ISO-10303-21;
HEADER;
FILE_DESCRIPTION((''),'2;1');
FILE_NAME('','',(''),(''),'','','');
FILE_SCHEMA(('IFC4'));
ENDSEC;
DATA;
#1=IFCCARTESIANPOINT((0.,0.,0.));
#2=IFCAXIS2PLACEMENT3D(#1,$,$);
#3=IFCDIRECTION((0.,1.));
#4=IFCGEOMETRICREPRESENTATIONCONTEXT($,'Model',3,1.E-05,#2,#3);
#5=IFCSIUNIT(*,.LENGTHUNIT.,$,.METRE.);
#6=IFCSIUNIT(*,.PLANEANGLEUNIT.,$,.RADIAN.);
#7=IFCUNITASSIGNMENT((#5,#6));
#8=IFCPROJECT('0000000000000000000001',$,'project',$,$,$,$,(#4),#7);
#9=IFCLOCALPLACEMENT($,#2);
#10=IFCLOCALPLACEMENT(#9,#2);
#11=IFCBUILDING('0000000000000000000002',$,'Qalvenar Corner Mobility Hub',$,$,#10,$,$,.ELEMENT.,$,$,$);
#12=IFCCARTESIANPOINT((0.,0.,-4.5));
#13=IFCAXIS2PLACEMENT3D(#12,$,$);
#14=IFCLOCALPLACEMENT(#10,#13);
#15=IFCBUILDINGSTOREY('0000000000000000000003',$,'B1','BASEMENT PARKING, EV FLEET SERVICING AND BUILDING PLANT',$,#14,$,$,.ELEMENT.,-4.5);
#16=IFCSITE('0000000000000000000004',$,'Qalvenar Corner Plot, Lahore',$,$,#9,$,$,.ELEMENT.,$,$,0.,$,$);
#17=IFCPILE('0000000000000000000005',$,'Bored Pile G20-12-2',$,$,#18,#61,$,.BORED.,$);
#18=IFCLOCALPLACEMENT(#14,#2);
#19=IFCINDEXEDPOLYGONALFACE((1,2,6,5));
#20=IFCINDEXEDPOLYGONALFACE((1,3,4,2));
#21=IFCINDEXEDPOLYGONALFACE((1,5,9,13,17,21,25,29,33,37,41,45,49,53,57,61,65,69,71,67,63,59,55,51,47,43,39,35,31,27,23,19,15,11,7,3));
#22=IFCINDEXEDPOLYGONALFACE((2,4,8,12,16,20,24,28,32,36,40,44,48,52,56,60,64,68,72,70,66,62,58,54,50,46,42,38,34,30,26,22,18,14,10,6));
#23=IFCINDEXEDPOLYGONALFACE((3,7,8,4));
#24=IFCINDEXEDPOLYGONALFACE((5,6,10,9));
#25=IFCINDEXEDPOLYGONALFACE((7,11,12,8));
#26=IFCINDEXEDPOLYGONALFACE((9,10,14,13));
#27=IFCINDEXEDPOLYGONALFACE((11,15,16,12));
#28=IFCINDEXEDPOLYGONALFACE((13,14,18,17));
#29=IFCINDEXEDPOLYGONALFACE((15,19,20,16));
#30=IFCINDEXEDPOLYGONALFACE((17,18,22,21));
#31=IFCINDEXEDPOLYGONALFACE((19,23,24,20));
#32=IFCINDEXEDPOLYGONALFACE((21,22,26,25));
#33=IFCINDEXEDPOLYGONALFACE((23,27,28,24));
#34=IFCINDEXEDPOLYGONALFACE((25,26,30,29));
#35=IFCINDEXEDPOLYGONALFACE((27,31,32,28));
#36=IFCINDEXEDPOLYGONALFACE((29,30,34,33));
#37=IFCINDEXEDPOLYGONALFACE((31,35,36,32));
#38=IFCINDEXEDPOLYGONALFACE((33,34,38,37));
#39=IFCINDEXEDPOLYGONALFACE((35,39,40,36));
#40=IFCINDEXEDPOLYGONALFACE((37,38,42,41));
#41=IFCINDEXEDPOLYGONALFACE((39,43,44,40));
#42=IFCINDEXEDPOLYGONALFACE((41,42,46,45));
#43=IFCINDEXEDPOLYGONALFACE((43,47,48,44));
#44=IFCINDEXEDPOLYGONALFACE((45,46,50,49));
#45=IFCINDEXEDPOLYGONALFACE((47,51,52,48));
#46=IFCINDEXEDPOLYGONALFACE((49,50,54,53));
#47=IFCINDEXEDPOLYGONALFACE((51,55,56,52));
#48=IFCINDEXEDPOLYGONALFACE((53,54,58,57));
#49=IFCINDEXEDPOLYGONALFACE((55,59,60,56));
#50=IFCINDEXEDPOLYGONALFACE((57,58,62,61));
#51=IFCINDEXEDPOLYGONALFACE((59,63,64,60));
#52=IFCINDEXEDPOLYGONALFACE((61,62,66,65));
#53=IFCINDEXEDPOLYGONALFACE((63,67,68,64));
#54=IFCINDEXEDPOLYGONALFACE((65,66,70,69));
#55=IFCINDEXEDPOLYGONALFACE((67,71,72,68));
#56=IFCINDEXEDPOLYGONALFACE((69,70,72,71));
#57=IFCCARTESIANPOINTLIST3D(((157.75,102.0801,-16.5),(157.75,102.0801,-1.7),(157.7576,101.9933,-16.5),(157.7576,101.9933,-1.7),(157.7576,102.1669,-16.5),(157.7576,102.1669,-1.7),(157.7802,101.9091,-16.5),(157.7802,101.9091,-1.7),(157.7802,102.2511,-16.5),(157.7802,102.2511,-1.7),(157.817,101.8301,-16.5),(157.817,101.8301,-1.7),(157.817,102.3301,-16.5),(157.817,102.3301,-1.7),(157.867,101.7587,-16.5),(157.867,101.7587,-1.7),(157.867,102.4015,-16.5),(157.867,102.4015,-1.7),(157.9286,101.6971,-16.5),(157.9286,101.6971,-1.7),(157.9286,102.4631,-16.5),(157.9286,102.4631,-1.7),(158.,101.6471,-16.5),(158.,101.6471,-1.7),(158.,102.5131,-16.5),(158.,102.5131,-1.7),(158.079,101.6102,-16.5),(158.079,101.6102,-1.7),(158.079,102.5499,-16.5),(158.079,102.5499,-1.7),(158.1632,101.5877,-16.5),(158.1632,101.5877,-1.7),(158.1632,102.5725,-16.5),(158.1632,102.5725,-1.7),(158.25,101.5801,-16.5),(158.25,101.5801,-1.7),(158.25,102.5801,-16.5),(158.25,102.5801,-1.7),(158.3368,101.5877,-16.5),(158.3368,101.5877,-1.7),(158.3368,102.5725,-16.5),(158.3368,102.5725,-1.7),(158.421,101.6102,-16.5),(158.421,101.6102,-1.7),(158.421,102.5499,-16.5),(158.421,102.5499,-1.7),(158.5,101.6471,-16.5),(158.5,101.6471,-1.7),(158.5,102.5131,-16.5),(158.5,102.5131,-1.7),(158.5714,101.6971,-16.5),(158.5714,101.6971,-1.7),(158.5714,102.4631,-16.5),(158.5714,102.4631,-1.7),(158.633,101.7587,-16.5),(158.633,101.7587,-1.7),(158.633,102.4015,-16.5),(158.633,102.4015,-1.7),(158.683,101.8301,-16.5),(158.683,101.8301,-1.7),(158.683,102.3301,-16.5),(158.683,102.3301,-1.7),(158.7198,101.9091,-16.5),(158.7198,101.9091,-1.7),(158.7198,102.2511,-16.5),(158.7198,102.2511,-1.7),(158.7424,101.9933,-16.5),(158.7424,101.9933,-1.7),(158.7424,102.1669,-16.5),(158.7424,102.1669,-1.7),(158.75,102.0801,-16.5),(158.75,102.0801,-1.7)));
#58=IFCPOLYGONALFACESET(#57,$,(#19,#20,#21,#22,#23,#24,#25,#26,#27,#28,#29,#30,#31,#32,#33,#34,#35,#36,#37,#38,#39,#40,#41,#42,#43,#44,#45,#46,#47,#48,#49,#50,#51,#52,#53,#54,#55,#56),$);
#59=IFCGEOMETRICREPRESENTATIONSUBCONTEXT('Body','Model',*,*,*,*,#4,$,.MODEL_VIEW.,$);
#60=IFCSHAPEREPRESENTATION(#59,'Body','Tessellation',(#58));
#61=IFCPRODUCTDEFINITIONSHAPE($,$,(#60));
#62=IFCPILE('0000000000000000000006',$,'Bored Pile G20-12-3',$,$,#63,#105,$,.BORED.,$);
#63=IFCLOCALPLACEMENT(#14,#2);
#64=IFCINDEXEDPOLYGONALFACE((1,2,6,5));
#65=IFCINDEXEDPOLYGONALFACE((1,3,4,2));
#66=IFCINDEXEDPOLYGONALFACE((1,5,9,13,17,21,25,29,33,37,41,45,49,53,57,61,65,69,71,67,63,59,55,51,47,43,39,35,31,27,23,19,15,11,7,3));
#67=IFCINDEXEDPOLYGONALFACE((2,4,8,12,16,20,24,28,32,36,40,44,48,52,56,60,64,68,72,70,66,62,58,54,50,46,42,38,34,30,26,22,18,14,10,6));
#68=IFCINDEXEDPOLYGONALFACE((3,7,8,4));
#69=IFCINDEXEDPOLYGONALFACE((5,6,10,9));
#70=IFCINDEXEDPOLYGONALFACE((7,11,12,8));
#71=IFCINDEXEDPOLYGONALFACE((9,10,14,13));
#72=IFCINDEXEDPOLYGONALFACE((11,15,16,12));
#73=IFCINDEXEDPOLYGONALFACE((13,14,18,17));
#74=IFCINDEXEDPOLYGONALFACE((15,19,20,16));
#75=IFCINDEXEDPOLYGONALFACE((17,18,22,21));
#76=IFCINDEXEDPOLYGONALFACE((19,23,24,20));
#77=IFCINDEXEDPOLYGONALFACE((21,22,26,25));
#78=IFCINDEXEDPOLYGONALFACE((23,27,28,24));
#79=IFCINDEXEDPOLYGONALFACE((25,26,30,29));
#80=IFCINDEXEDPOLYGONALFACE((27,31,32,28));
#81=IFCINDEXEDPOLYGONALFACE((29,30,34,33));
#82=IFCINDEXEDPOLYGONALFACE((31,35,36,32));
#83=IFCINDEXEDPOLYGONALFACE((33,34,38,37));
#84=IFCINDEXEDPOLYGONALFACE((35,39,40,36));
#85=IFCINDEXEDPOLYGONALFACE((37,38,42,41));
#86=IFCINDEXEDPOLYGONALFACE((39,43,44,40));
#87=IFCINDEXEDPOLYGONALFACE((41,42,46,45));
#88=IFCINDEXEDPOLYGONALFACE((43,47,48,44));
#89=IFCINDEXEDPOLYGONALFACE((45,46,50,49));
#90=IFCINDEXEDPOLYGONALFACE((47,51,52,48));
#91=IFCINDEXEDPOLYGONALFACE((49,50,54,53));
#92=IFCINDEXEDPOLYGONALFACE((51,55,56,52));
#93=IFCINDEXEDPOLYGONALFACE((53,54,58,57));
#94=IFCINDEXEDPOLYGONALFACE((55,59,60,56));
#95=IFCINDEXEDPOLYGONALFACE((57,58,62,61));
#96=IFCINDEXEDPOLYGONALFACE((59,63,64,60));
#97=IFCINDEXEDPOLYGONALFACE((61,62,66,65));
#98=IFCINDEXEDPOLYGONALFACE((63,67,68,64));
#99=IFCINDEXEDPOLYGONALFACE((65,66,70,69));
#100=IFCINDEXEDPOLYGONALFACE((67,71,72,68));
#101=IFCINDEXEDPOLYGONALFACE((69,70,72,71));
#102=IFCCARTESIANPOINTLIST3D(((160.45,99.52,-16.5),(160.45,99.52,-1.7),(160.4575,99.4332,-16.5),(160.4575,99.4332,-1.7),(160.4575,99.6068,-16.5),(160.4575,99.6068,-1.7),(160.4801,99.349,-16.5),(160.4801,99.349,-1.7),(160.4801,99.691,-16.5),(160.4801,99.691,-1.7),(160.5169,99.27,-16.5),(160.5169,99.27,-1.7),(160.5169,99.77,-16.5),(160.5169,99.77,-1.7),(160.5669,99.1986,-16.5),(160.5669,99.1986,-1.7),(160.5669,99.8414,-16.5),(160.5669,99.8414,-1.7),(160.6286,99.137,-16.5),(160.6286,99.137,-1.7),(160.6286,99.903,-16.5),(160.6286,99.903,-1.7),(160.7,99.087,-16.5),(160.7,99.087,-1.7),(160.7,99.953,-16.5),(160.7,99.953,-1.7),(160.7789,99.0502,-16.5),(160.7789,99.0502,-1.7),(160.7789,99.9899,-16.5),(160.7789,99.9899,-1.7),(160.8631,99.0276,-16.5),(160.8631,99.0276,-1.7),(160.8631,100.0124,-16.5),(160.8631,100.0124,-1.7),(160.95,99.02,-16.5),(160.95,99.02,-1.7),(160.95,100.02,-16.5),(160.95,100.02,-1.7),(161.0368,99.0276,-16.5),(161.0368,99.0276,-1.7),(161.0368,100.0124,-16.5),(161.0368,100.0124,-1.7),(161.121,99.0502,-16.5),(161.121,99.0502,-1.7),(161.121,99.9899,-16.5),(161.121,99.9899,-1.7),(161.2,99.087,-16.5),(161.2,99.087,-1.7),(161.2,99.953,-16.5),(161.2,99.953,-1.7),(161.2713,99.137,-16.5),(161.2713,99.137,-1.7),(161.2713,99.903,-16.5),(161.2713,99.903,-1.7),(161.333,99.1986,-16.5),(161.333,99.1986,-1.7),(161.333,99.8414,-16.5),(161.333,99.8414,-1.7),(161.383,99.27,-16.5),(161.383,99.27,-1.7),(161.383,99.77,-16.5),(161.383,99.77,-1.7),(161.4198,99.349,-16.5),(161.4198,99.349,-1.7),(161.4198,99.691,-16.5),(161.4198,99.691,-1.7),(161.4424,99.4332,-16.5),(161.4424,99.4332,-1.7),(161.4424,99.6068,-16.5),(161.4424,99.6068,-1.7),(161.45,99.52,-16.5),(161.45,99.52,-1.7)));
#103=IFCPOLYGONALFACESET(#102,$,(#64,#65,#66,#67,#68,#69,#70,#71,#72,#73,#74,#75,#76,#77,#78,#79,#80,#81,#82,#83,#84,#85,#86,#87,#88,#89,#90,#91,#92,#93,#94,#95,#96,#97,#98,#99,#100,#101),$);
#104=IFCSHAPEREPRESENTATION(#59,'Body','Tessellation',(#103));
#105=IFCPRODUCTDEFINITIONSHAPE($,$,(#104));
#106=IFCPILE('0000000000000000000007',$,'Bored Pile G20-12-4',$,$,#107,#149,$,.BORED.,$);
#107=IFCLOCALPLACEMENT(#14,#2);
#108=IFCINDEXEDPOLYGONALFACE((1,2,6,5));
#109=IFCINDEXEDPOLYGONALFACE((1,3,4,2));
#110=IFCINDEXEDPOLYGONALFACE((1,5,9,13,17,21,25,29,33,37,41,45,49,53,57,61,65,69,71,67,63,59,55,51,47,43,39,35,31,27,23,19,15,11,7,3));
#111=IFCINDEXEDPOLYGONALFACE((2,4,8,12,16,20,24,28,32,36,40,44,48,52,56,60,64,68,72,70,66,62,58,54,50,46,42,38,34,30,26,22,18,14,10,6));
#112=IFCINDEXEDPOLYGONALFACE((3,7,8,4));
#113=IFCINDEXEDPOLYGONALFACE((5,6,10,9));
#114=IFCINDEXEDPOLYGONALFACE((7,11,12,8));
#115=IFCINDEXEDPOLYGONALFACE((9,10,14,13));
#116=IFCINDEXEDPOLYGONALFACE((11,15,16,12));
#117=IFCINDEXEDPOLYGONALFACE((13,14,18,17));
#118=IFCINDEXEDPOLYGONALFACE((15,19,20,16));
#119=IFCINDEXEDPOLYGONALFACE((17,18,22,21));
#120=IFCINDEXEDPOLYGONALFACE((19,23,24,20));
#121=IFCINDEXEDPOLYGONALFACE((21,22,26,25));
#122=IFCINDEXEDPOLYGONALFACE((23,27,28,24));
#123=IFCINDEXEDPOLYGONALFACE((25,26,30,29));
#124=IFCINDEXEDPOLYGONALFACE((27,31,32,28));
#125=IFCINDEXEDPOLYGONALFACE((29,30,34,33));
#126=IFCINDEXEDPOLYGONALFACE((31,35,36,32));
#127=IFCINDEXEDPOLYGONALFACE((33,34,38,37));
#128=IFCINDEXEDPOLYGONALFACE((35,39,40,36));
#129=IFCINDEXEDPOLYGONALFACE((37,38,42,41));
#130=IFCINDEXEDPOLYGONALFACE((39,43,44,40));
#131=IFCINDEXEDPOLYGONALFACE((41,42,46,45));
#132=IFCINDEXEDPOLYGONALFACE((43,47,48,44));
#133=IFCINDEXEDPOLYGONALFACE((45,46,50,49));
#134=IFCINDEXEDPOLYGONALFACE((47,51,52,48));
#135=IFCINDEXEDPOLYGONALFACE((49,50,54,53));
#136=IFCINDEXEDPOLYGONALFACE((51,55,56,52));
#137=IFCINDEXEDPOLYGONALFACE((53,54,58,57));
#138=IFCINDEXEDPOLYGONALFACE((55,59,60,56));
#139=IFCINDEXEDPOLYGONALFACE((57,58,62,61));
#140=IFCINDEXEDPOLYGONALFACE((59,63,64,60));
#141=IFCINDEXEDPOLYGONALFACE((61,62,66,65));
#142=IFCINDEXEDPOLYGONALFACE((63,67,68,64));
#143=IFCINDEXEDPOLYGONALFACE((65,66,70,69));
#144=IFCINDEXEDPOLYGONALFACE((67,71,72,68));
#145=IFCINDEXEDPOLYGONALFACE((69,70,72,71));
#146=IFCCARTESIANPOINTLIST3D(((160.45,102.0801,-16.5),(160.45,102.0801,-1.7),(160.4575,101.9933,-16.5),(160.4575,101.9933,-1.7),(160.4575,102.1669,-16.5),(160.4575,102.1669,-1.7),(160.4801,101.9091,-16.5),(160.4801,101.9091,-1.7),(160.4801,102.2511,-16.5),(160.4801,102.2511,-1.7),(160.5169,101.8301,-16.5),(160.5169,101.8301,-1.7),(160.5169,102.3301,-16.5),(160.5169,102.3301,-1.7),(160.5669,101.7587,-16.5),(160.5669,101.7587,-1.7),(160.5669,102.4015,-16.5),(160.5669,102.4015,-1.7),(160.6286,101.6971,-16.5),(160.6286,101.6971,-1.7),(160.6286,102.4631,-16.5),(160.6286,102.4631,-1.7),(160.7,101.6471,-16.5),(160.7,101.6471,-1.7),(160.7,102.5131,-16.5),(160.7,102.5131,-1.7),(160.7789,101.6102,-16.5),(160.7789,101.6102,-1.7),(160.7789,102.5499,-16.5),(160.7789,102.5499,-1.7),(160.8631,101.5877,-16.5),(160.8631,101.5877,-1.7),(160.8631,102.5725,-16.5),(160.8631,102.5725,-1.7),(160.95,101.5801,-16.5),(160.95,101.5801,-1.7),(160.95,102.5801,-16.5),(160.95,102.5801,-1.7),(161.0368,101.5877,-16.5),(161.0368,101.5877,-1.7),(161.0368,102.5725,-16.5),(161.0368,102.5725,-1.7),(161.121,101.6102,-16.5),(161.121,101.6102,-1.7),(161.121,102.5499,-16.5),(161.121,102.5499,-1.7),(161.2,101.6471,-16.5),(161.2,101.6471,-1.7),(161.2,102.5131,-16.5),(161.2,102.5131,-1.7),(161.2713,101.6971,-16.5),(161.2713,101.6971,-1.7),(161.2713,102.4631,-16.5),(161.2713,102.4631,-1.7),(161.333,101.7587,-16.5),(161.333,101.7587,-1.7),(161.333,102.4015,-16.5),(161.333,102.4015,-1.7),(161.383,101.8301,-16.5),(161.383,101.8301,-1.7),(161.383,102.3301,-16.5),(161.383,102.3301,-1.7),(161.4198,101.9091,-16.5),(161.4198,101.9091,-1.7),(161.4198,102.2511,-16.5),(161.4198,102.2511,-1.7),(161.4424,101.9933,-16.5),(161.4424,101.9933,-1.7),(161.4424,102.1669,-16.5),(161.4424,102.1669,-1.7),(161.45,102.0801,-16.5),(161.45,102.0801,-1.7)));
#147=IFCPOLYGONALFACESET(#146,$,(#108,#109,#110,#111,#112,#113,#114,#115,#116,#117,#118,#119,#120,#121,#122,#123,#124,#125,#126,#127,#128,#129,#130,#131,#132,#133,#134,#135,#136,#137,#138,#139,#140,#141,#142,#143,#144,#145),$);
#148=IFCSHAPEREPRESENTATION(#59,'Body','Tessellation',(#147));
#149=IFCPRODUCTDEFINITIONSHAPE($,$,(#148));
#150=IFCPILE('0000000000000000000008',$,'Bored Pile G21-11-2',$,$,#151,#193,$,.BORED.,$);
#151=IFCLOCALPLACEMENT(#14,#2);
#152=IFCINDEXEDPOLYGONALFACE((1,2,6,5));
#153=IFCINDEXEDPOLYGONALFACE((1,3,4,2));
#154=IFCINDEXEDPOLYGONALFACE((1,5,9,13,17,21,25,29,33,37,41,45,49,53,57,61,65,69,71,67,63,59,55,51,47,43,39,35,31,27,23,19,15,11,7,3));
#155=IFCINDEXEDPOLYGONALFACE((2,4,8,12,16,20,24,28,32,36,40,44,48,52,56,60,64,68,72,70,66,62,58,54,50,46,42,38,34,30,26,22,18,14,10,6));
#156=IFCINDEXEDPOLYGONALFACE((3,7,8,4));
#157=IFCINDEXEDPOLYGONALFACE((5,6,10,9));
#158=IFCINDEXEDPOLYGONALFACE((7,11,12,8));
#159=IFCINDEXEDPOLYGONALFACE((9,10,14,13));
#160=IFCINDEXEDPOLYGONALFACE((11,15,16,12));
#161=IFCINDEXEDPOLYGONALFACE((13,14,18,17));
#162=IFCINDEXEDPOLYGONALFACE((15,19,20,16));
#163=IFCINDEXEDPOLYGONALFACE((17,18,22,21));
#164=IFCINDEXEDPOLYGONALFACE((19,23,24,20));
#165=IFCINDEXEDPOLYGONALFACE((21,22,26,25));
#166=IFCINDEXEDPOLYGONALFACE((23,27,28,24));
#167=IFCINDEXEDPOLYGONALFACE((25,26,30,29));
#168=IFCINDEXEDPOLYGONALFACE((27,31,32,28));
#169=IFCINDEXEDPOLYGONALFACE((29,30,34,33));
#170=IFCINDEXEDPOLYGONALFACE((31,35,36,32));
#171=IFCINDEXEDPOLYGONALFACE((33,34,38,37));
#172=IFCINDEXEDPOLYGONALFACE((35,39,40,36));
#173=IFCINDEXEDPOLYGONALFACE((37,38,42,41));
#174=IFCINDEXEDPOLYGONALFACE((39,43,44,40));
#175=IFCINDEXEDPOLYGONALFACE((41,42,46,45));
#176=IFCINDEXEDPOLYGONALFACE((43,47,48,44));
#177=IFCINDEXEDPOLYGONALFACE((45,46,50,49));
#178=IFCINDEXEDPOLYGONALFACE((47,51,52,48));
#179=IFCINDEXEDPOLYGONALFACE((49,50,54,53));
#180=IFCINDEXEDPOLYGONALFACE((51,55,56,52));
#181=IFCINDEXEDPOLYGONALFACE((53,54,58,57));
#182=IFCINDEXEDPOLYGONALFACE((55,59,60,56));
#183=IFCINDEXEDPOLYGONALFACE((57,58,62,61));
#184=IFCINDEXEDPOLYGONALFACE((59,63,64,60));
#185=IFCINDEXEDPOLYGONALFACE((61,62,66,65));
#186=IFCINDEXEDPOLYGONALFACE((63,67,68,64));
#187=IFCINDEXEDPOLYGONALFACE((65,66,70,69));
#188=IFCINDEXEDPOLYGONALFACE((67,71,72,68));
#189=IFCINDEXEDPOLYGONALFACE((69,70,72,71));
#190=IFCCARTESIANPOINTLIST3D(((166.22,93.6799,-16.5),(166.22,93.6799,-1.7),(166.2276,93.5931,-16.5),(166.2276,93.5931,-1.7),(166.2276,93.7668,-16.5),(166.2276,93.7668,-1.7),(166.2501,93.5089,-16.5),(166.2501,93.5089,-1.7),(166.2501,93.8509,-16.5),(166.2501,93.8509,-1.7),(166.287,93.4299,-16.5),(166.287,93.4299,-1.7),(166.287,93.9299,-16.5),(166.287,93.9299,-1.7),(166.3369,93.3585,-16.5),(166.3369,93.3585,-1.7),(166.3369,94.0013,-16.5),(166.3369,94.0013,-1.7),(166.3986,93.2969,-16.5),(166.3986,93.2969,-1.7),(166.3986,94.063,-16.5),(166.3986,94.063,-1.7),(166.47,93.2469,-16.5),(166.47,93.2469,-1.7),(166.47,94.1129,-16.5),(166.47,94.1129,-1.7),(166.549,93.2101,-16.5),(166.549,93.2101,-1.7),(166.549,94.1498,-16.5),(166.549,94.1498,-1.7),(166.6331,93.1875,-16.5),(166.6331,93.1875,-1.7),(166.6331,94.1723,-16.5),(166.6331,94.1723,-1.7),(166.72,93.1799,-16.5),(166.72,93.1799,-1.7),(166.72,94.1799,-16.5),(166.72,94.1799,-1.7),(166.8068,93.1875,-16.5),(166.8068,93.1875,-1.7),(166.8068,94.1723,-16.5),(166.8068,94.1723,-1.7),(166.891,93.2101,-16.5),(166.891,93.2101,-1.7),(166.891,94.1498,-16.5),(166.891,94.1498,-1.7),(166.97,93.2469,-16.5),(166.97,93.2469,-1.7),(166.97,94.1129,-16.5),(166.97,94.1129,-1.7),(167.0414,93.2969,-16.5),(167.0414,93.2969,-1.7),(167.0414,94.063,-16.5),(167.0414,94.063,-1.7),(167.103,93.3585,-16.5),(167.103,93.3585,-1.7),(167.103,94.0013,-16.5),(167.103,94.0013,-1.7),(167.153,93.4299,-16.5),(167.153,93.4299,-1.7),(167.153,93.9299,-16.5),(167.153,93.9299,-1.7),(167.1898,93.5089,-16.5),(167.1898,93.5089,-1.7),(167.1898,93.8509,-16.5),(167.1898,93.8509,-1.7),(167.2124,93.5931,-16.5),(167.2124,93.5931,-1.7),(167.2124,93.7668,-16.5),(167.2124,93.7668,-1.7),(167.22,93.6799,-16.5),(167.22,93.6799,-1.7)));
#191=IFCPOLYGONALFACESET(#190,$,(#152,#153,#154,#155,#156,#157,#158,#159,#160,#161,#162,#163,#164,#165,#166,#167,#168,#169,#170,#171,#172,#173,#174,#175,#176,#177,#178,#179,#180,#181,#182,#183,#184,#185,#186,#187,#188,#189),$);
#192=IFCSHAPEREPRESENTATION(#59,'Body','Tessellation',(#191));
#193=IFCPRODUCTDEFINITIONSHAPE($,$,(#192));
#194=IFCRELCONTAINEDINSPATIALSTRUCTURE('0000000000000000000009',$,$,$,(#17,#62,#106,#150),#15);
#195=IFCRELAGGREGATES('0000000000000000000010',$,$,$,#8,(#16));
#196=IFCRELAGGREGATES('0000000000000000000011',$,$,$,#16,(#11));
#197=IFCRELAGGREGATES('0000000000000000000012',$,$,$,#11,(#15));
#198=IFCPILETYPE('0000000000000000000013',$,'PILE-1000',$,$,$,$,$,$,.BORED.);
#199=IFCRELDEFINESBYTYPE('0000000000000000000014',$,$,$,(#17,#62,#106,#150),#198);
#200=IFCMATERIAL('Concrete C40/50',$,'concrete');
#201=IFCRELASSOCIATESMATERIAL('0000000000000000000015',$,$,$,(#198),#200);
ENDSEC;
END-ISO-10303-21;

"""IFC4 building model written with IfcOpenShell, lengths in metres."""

from ifc_helpers import new_model, si_unit, direction, frame, origin, origin_2d, place, context, subcontext, project, spatial, circle, extrude, material, material_profile, profile_set, type_object, element, save


model = new_model("IFC4")

# Units and contexts
model_context = context("Model", 3, precision=1e-05, world=origin(), true_north=direction((0.0, 1.0)))
body_context = subcontext(model_context, "Body", "Model", "MODEL_VIEW")
ifc_project = project(units=[si_unit("LENGTHUNIT", "METRE"), si_unit("PLANEANGLEUNIT", "RADIAN")], contexts=[model_context])

# Site, building, storey
site_placement = place(None, origin())
site = spatial("IfcSite", under=ifc_project, at=site_placement, Name="Qalvenar Corner Plot, Lahore", CompositionType="ELEMENT", RefElevation=0.0)
building_placement = place(site_placement, origin())
building = spatial("IfcBuilding", under=site, at=building_placement, Name="Qalvenar Corner Mobility Hub", CompositionType="ELEMENT")
storey_placement = place(building_placement, frame((0.0, 0.0, -4.5)))
storey = spatial("IfcBuildingStorey", under=building, at=storey_placement, Name="B1", Description="BASEMENT PARKING, EV FLEET SERVICING AND BUILDING PLANT", CompositionType="ELEMENT", Elevation=-4.5)

# Shared definitions
ifc_material_1 = material(Name="Concrete C40/50", Category="concrete")

# Piles
ifc_material_profile_1 = material_profile(ifc_material_1, circle(Radius=0.5, at=origin_2d()), Name="DIA1000")
ifc_profile_set_1 = profile_set([ifc_material_profile_1], Name="Concrete C40/50")
pile_type = type_object("IfcPileType", Name="PILE-1000", PredefinedType="BORED", material=ifc_profile_set_1)
for number, where, z_axis, x_axis, name in (
    (1, (158.25, 102.0801, -1.7), (0.0, 0.0, -1.0), (1.0, 0.0, 0.0), "Bored Pile G20-12-2"),
    (2, (160.95, 99.52, -1.7), (0.0, 0.0, -1.0), (1.0, 0.0, 0.0), "Bored Pile G20-12-3"),
    (3, (160.95, 102.0801, -1.7), (0.0, 0.0, -1.0), (1.0, 0.0, 0.0), "Bored Pile G20-12-4"),
    (4, (166.72, 93.6799, -1.7), (0.0, 0.0, -1.0), (1.0, 0.0, 0.0), "Bored Pile G21-11-2"),
):
    element("IfcPile", number, at=place(storey_placement, frame(where, z_axis=z_axis, x_axis=x_axis)), inside=storey, type_object=pile_type, Name=name, PredefinedType="BORED", context=body_context, shape_type="SweptSolid", body=[
        extrude(circle(Radius=0.5, at=origin_2d()), origin(), (0.0, 0.0, 1.0), 14.8),
    ])

save(model, "model.ifc")
